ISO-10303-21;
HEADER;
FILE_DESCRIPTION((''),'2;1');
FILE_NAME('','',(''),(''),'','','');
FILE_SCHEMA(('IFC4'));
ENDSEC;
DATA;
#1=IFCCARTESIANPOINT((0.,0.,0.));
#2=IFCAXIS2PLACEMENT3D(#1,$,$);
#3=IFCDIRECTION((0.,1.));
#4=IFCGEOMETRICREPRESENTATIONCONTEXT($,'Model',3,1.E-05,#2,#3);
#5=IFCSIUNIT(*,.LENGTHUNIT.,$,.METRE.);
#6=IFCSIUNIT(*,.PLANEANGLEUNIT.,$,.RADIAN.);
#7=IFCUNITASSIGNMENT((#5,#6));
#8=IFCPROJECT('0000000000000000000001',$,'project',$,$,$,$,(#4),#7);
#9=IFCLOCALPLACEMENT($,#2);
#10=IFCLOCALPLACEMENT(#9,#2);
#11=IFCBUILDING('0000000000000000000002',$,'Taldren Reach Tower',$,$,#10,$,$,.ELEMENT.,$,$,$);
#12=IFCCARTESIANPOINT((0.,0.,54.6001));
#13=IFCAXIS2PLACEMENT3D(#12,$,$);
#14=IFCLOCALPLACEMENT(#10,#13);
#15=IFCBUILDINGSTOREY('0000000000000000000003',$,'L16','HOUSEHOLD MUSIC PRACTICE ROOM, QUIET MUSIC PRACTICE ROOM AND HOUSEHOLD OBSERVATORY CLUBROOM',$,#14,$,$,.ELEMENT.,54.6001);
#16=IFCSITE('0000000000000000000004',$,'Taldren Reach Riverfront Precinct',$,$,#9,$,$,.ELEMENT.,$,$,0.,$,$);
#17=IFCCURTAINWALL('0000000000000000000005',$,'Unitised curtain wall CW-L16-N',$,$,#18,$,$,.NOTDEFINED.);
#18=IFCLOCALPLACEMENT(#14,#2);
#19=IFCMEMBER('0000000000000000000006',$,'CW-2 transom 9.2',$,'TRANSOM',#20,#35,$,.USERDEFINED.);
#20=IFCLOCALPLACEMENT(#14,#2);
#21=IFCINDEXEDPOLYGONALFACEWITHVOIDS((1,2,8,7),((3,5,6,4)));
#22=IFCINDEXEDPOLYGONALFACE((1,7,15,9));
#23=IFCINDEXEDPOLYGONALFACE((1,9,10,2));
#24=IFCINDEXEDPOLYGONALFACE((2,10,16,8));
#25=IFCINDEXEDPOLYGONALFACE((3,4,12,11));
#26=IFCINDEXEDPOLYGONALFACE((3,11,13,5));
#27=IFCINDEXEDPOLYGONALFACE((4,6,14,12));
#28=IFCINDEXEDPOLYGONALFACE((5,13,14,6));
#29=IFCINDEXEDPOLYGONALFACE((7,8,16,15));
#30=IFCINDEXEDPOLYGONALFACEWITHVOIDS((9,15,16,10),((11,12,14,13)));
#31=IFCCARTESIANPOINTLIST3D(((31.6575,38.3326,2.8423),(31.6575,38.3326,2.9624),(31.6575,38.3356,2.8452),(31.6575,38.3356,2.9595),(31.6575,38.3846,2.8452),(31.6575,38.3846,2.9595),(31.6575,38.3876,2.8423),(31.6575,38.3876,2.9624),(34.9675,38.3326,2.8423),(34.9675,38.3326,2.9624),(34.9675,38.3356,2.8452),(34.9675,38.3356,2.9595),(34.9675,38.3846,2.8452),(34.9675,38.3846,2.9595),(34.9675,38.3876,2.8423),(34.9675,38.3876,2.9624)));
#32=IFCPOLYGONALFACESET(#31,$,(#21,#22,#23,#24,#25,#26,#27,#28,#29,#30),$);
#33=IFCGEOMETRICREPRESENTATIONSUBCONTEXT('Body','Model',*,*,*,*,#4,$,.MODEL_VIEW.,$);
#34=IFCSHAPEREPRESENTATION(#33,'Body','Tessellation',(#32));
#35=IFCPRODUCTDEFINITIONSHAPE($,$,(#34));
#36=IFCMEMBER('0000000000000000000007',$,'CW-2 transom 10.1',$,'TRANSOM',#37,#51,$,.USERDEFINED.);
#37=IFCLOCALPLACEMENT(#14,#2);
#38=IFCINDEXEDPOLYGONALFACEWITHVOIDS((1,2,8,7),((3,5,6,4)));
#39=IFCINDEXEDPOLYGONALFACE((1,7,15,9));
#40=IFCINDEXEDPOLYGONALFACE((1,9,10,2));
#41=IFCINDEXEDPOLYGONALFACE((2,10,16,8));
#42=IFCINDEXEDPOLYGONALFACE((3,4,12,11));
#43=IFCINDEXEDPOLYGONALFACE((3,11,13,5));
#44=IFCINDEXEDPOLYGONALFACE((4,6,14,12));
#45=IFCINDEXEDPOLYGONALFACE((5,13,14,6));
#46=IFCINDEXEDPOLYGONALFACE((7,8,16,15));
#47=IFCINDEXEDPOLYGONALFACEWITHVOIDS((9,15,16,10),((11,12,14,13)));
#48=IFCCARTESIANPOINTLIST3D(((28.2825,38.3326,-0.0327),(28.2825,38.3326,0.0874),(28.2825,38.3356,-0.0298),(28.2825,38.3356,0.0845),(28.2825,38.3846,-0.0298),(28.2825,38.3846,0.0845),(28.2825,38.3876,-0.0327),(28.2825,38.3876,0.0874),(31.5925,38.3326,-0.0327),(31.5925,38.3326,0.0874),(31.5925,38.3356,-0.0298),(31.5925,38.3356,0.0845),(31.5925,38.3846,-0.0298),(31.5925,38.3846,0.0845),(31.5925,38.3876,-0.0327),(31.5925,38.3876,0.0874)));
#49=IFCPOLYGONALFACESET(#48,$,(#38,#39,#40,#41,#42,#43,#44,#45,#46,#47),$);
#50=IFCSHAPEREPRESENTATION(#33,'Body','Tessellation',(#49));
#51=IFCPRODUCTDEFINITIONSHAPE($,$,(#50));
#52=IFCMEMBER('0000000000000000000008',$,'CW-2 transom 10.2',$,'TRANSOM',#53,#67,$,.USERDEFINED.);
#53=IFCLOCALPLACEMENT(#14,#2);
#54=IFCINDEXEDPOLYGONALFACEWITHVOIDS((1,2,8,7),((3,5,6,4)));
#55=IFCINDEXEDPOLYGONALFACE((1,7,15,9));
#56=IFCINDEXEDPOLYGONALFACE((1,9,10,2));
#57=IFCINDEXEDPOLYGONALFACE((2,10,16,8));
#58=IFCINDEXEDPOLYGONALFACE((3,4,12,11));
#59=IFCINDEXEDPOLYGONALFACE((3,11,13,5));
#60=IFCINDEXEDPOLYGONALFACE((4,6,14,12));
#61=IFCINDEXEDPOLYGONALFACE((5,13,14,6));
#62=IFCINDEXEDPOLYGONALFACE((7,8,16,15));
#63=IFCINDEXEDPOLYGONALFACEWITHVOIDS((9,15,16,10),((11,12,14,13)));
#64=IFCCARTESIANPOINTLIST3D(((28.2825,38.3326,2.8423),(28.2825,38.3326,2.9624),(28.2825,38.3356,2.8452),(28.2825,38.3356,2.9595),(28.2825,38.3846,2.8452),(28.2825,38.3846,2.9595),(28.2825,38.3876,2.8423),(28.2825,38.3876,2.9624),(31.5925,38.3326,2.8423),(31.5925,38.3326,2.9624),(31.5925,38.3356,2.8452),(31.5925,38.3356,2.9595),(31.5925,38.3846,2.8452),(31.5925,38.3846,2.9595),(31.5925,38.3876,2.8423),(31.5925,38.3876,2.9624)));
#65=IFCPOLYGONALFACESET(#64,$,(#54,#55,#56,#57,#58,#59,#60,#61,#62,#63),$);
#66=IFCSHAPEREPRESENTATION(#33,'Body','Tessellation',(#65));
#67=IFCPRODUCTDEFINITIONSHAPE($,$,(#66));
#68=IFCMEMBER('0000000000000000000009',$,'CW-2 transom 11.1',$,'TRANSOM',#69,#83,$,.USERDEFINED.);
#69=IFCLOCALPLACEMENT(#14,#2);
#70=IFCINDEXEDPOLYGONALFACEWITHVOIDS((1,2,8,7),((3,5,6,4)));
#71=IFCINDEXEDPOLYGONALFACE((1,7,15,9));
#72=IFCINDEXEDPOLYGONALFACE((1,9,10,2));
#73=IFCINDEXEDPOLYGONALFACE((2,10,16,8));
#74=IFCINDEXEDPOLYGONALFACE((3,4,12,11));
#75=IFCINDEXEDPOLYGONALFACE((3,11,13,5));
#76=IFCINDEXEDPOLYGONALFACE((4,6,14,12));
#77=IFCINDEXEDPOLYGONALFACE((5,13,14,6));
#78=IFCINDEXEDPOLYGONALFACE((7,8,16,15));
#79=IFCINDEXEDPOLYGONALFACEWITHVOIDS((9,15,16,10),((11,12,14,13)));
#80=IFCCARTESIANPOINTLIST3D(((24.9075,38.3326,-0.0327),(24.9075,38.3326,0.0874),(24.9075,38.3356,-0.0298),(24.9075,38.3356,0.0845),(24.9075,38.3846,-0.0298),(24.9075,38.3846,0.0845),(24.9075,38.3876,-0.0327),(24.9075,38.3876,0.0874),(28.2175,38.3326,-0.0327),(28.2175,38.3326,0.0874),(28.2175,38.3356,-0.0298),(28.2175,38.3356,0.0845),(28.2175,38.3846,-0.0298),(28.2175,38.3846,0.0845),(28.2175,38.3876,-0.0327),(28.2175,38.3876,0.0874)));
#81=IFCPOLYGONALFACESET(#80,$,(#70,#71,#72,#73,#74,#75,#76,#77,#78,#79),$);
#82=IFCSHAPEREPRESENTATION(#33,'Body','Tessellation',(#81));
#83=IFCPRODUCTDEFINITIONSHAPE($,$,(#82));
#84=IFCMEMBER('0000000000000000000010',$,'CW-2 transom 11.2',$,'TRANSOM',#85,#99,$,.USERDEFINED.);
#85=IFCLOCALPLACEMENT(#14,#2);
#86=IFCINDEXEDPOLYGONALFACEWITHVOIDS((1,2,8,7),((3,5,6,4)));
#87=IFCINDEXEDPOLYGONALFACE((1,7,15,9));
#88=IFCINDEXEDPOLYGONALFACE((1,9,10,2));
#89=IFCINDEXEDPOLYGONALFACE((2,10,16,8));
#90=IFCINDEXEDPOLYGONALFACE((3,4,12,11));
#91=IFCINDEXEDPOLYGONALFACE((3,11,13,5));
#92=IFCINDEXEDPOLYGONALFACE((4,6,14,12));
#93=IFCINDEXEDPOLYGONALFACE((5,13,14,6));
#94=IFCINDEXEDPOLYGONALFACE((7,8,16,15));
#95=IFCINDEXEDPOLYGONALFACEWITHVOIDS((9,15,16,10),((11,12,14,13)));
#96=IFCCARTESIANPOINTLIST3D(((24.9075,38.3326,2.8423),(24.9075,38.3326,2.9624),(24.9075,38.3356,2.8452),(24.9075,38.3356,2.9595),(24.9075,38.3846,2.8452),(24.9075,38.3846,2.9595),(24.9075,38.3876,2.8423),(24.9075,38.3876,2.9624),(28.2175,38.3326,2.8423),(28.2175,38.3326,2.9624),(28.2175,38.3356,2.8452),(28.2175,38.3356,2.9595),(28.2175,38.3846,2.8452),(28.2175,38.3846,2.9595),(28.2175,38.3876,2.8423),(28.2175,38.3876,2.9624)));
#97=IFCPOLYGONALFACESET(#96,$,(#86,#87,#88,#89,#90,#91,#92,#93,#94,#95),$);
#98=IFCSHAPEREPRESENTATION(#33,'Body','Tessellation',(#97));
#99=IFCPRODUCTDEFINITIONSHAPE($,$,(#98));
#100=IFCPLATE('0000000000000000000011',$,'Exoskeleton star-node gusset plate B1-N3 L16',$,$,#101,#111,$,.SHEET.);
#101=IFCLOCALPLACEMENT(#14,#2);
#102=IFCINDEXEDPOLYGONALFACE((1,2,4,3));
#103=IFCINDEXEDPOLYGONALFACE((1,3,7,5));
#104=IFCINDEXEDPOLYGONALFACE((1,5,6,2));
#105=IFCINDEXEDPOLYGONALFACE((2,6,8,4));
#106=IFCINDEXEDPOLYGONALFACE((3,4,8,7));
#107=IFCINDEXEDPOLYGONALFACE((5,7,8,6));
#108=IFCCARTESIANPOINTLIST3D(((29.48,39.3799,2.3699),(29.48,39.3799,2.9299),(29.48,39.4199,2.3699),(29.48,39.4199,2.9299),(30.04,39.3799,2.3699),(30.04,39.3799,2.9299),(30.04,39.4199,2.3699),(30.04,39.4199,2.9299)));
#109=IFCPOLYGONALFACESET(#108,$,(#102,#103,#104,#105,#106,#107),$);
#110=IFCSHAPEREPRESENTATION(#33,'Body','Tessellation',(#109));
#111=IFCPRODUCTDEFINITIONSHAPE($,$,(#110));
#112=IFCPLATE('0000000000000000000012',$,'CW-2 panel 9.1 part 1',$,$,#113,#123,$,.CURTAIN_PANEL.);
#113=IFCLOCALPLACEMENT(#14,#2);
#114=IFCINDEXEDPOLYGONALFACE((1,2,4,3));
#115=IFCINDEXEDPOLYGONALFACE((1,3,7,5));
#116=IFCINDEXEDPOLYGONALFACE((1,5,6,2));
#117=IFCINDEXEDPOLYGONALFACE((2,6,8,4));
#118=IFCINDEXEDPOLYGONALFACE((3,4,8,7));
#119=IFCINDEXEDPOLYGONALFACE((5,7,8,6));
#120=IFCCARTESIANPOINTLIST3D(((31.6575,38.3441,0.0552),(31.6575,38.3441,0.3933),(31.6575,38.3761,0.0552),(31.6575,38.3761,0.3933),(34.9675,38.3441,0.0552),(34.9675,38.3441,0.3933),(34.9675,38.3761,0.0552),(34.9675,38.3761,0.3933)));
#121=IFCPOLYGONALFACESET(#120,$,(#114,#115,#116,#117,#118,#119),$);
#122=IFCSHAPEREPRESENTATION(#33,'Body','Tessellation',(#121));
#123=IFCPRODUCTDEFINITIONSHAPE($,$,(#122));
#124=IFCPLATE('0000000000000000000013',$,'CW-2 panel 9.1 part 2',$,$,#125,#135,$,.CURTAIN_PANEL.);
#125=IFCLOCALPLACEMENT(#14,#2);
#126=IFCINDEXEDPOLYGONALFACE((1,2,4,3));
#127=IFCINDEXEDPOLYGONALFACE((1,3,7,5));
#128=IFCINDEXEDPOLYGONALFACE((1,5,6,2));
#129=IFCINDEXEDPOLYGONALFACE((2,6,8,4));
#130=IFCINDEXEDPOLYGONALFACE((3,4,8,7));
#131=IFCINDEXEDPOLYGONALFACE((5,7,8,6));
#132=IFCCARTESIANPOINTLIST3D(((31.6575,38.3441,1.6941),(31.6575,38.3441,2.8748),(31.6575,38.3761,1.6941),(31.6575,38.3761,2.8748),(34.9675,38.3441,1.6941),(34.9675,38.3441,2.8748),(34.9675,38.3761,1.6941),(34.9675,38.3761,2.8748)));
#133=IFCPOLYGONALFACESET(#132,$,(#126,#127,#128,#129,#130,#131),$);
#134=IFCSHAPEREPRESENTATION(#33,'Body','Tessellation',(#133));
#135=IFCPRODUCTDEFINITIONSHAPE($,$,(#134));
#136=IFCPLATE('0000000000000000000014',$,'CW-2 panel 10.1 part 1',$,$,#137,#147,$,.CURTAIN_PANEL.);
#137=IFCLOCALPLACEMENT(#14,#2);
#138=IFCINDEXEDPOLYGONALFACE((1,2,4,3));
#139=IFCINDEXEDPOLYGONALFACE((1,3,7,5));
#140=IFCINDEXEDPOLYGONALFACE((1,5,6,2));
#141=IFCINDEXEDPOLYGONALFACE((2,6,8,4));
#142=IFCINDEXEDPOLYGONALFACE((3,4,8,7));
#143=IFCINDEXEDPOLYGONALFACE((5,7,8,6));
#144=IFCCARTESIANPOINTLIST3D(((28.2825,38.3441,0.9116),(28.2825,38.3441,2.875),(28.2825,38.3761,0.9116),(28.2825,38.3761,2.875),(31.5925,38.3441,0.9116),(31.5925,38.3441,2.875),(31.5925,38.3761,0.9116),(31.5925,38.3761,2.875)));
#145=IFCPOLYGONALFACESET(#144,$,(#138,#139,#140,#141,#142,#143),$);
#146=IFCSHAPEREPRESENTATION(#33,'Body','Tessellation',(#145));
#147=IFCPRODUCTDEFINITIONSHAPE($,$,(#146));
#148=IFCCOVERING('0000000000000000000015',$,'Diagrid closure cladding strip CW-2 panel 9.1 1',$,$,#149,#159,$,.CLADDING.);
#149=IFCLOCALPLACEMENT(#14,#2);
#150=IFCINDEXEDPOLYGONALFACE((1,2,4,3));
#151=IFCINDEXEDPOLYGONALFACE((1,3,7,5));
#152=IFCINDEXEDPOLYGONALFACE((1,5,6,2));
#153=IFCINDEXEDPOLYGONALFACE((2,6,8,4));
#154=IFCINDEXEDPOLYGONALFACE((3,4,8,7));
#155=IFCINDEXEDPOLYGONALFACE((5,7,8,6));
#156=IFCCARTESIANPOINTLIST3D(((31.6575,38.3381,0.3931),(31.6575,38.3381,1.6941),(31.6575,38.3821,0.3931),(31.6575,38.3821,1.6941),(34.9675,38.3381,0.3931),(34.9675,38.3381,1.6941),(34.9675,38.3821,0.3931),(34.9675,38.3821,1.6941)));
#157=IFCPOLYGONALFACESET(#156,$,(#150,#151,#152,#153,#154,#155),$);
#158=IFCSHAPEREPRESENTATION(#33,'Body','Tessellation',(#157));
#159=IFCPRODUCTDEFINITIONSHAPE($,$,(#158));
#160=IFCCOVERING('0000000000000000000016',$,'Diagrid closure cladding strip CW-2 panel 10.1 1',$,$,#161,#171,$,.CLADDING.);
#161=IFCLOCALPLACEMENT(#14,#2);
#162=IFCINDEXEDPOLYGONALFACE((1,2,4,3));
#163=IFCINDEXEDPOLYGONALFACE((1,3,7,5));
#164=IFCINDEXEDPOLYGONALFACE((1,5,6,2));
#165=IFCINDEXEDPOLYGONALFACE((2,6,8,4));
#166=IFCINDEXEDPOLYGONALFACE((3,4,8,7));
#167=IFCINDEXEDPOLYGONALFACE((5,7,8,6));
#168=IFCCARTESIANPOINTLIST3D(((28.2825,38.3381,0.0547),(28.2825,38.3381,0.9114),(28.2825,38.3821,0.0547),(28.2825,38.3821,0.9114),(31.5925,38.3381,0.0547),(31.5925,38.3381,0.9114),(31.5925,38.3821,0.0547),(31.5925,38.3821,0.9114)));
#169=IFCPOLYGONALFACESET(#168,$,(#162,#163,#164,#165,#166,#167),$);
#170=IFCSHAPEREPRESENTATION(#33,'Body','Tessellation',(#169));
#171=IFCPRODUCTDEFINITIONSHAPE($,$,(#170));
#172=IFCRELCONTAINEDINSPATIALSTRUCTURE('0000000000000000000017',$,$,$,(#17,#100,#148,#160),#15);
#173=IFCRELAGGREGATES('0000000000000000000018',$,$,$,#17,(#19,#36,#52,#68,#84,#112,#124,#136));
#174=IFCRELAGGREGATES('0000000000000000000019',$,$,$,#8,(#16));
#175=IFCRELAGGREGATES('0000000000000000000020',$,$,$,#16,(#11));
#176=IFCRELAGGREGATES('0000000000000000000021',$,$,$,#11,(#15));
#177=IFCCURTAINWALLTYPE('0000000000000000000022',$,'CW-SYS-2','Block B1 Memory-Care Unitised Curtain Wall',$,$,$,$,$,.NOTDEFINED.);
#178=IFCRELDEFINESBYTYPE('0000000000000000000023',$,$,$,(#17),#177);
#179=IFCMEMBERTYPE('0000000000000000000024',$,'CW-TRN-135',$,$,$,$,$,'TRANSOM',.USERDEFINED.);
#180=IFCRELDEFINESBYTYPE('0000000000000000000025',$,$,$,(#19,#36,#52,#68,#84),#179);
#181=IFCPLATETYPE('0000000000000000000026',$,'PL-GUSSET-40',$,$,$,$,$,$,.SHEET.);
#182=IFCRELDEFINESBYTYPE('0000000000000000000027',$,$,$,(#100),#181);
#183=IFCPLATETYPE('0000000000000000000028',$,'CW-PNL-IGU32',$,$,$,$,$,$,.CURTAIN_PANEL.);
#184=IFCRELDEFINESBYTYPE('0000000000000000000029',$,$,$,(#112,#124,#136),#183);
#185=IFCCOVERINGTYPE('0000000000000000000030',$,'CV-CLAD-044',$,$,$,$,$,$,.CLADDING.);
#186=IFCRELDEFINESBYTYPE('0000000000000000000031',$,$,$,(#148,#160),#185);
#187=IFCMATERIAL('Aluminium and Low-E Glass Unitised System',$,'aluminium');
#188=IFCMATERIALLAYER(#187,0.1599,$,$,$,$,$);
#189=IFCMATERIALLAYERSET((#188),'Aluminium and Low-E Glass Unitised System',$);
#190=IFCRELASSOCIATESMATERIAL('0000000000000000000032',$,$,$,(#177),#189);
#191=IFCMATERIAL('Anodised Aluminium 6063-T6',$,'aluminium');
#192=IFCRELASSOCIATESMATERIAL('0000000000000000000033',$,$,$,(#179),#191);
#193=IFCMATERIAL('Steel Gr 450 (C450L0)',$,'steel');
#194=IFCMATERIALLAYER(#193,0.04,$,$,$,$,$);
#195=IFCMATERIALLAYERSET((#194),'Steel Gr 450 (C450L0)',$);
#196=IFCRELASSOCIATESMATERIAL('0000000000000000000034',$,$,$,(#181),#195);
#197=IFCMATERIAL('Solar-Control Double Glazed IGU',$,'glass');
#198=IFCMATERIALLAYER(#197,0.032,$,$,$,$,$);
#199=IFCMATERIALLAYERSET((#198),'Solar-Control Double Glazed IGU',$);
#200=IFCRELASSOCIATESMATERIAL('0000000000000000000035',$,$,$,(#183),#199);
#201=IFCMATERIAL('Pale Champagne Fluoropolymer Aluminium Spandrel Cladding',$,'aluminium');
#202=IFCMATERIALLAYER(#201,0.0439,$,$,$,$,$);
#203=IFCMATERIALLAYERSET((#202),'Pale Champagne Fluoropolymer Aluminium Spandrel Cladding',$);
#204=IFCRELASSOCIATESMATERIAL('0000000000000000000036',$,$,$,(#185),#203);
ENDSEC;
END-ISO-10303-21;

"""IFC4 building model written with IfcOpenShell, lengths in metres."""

from ifc_helpers import new_model, si_unit, direction, frame, origin, origin_2d, place, context, subcontext, project, spatial, rectangle, hollow_rectangle, extrude, source, transform, mapped, material, layer, layer_set, material_profile, profile_set, type_object, element, aggregate, save


model = new_model("IFC4")

# Units and contexts
model_context = context("Model", 3, precision=1e-05, world=origin(), true_north=direction((0.0, 1.0)))
body_context = subcontext(model_context, "Body", "Model", "MODEL_VIEW")
ifc_project = project(units=[si_unit("LENGTHUNIT", "METRE"), si_unit("PLANEANGLEUNIT", "RADIAN")], contexts=[model_context])

# Site, building, storey
site_placement = place(None, origin())
site = spatial("IfcSite", under=ifc_project, at=site_placement, Name="Taldren Reach Riverfront Precinct", CompositionType="ELEMENT", RefElevation=0.0)
building_placement = place(site_placement, origin())
building = spatial("IfcBuilding", under=site, at=building_placement, Name="Taldren Reach Tower", CompositionType="ELEMENT")
storey_placement = place(building_placement, frame((0.0, 0.0, 54.6001)))
storey = spatial("IfcBuildingStorey", under=building, at=storey_placement, Name="L16", Description="HOUSEHOLD MUSIC PRACTICE ROOM, QUIET MUSIC PRACTICE ROOM AND HOUSEHOLD OBSERVATORY CLUBROOM", CompositionType="ELEMENT", Elevation=54.6001)

# Shared definitions
ifc_material_1 = material(Name="Steel Gr 450 (C450L0)", Category="steel")

# Curtain wall, members
ifc_material_2 = material(Name="Aluminium and Low-E Glass Unitised System", Category="aluminium")
ifc_layer_1 = layer(ifc_material_2, 0.1599)
ifc_layer_set_1 = layer_set([ifc_layer_1], Name="Aluminium and Low-E Glass Unitised System")
curtain_wall_type = type_object("IfcCurtainWallType", Name="CW-SYS-2", Description="Block B1 Memory-Care Unitised Curtain Wall", PredefinedType="NOTDEFINED", material=ifc_layer_set_1)
curtain_wall_placement = place(storey_placement, origin())
curtain_wall = element("IfcCurtainWall", 1, at=curtain_wall_placement, inside=storey, type_object=curtain_wall_type, Name="Unitised curtain wall CW-L16-N", PredefinedType="NOTDEFINED")
ifc_material_3 = material(Name="Anodised Aluminium 6063-T6", Category="aluminium")
ifc_material_profile_1 = material_profile(ifc_material_3, hollow_rectangle(XDim=0.0549, YDim=0.1201, WallThickness=0.0029, at=origin_2d()), Name="ALU-120x55x3RHS")
ifc_profile_set_1 = profile_set([ifc_material_profile_1], Name="Anodised Aluminium 6063-T6")
member_type_1 = type_object("IfcMemberType", Name="CW-TRN-135", ElementType="TRANSOM", PredefinedType="USERDEFINED", material=ifc_profile_set_1)
shared_shape_1 = source(origin(), body_context, "Body", "SweptSolid", [
    extrude(hollow_rectangle(XDim=0.0549, YDim=0.1201, WallThickness=0.0029, at=origin_2d()), origin(), (0.0, 0.0, 1.0), 3.3101),
])
member_1_placement = place(storey_placement, frame((34.9675, 38.3601, 2.9023), z_axis=(-1.0, 0.0, 0.0), x_axis=(0.0, -1.0, 0.0)))
member_1 = element("IfcMember", 2, at=member_1_placement, type_object=member_type_1, Name="CW-2 transom 9.2", ObjectType="TRANSOM", PredefinedType="USERDEFINED", context=body_context, shape_type="MappedRepresentation", body=[
    mapped(shared_shape_1, transform((0.0, 0.0, 0.0), scale=1.0)),
])
member_2_placement = place(storey_placement, frame((31.5925, 38.3601, 0.0273), z_axis=(-1.0, 0.0, 0.0), x_axis=(0.0, -1.0, 0.0)))
member_2 = element("IfcMember", 3, at=member_2_placement, type_object=member_type_1, Name="CW-2 transom 10.1", ObjectType="TRANSOM", PredefinedType="USERDEFINED", context=body_context, shape_type="MappedRepresentation", body=[
    mapped(shared_shape_1, transform((0.0, 0.0, 0.0), scale=1.0)),
])
member_3_placement = place(storey_placement, frame((31.5925, 38.3601, 2.9023), z_axis=(-1.0, 0.0, 0.0), x_axis=(0.0, -1.0, 0.0)))
member_3 = element("IfcMember", 4, at=member_3_placement, type_object=member_type_1, Name="CW-2 transom 10.2", ObjectType="TRANSOM", PredefinedType="USERDEFINED", context=body_context, shape_type="MappedRepresentation", body=[
    mapped(shared_shape_1, transform((0.0, 0.0, 0.0), scale=1.0)),
])
member_4_placement = place(storey_placement, frame((28.2175, 38.3601, 0.0273), z_axis=(-1.0, 0.0, 0.0), x_axis=(0.0, -1.0, 0.0)))
member_4 = element("IfcMember", 5, at=member_4_placement, type_object=member_type_1, Name="CW-2 transom 11.1", ObjectType="TRANSOM", PredefinedType="USERDEFINED", context=body_context, shape_type="MappedRepresentation", body=[
    mapped(shared_shape_1, transform((0.0, 0.0, 0.0), scale=1.0)),
])
member_5_placement = place(storey_placement, frame((28.2175, 38.3601, 2.9023), z_axis=(-1.0, 0.0, 0.0), x_axis=(0.0, -1.0, 0.0)))
member_5 = element("IfcMember", 6, at=member_5_placement, type_object=member_type_1, Name="CW-2 transom 11.2", ObjectType="TRANSOM", PredefinedType="USERDEFINED", context=body_context, shape_type="MappedRepresentation", body=[
    mapped(shared_shape_1, transform((0.0, 0.0, 0.0), scale=1.0)),
])

# Plates
ifc_layer_2 = layer(ifc_material_1, 0.04)
ifc_layer_set_2 = layer_set([ifc_layer_2], Name="Steel Gr 450 (C450L0)")
plate_type_1 = type_object("IfcPlateType", Name="PL-GUSSET-40", PredefinedType="SHEET", material=ifc_layer_set_2)
shared_shape_2 = source(origin(), body_context, "Body", "SweptSolid", [
    extrude(rectangle(XDim=0.5601, YDim=0.04, at=origin_2d()), origin(), (0.0, 0.0, 1.0), 0.5601),
])
plate_1_placement = place(storey_placement, frame((29.76, 39.3999, 2.3699), z_axis=(0.0, 0.0, 1.0), x_axis=(1.0, 0.0, 0.0)))
element("IfcPlate", 7, at=plate_1_placement, inside=storey, type_object=plate_type_1, Name="Exoskeleton star-node gusset plate B1-N3 L16", PredefinedType="SHEET", context=body_context, shape_type="MappedRepresentation", body=[
    mapped(shared_shape_2, transform((0.0, 0.0, 0.0), scale=1.0)),
])
ifc_material_4 = material(Name="Solar-Control Double Glazed IGU", Category="glass")
ifc_layer_3 = layer(ifc_material_4, 0.032)
ifc_layer_set_3 = layer_set([ifc_layer_3], Name="Solar-Control Double Glazed IGU")
plate_type_2 = type_object("IfcPlateType", Name="CW-PNL-IGU32", PredefinedType="CURTAIN_PANEL", material=ifc_layer_set_3)
shared_shape_3 = source(origin(), body_context, "Body", "SweptSolid", [
    extrude(rectangle(XDim=3.3101, YDim=0.032, at=origin_2d()), origin(), (0.0, 0.0, 1.0), 0.3381),
])
plate_2_placement = place(storey_placement, frame((33.3125, 38.3601, 0.0552), z_axis=(0.0, 0.0, 1.0), x_axis=(-1.0, 0.0, 0.0)))
plate_2 = element("IfcPlate", 8, at=plate_2_placement, type_object=plate_type_2, Name="CW-2 panel 9.1 part 1", PredefinedType="CURTAIN_PANEL", context=body_context, shape_type="MappedRepresentation", body=[
    mapped(shared_shape_3, transform((0.0, 0.0, 0.0), scale=1.0)),
])
shared_shape_4 = source(origin(), body_context, "Body", "SweptSolid", [
    extrude(rectangle(XDim=3.3101, YDim=0.032, at=origin_2d()), origin(), (0.0, 0.0, 1.0), 1.1807),
])
plate_3_placement = place(storey_placement, frame((33.3125, 38.3601, 1.6941), z_axis=(0.0, 0.0, 1.0), x_axis=(-1.0, 0.0, 0.0)))
plate_3 = element("IfcPlate", 9, at=plate_3_placement, type_object=plate_type_2, Name="CW-2 panel 9.1 part 2", PredefinedType="CURTAIN_PANEL", context=body_context, shape_type="MappedRepresentation", body=[
    mapped(shared_shape_4, transform((0.0, 0.0, 0.0), scale=1.0)),
])
shared_shape_5 = source(origin(), body_context, "Body", "SweptSolid", [
    extrude(rectangle(XDim=3.3101, YDim=0.032, at=origin_2d()), origin(), (0.0, 0.0, 1.0), 1.9634),
])
plate_4_placement = place(storey_placement, frame((29.9375, 38.3601, 0.9116), z_axis=(0.0, 0.0, 1.0), x_axis=(-1.0, 0.0, 0.0)))
plate_4 = element("IfcPlate", 10, at=plate_4_placement, type_object=plate_type_2, Name="CW-2 panel 10.1 part 1", PredefinedType="CURTAIN_PANEL", context=body_context, shape_type="MappedRepresentation", body=[
    mapped(shared_shape_5, transform((0.0, 0.0, 0.0), scale=1.0)),
])
aggregate(curtain_wall, [member_1, member_2, member_3, member_4, member_5, plate_2, plate_3, plate_4])

# Coverings
ifc_material_5 = material(Name="Pale Champagne Fluoropolymer Aluminium Spandrel Cladding", Category="aluminium")
ifc_layer_4 = layer(ifc_material_5, 0.0439)
ifc_layer_set_4 = layer_set([ifc_layer_4], Name="Pale Champagne Fluoropolymer Aluminium Spandrel Cladding")
covering_type = type_object("IfcCoveringType", Name="CV-CLAD-044", PredefinedType="CLADDING", material=ifc_layer_set_4)
shared_shape_6 = source(origin(), body_context, "Body", "SweptSolid", [
    extrude(rectangle(XDim=3.3101, YDim=0.0439, at=origin_2d()), origin(), (0.0, 0.0, 1.0), 1.301),
])
covering_1_placement = place(storey_placement, frame((33.3125, 38.3601, 0.3931), z_axis=(0.0, 0.0, 1.0), x_axis=(-1.0, 0.0, 0.0)))
element("IfcCovering", 11, at=covering_1_placement, inside=storey, type_object=covering_type, Name="Diagrid closure cladding strip CW-2 panel 9.1 1", PredefinedType="CLADDING", context=body_context, shape_type="MappedRepresentation", body=[
    mapped(shared_shape_6, transform((0.0, 0.0, 0.0), scale=1.0)),
])
shared_shape_7 = source(origin(), body_context, "Body", "SweptSolid", [
    extrude(rectangle(XDim=3.3101, YDim=0.0439, at=origin_2d()), origin(), (0.0, 0.0, 1.0), 0.8567),
])
covering_2_placement = place(storey_placement, frame((29.9375, 38.3601, 0.0547), z_axis=(0.0, 0.0, 1.0), x_axis=(-1.0, 0.0, 0.0)))
element("IfcCovering", 12, at=covering_2_placement, inside=storey, type_object=covering_type, Name="Diagrid closure cladding strip CW-2 panel 10.1 1", PredefinedType="CLADDING", context=body_context, shape_type="MappedRepresentation", body=[
    mapped(shared_shape_7, transform((0.0, 0.0, 0.0), scale=1.0)),
])

save(model, "model.ifc")
